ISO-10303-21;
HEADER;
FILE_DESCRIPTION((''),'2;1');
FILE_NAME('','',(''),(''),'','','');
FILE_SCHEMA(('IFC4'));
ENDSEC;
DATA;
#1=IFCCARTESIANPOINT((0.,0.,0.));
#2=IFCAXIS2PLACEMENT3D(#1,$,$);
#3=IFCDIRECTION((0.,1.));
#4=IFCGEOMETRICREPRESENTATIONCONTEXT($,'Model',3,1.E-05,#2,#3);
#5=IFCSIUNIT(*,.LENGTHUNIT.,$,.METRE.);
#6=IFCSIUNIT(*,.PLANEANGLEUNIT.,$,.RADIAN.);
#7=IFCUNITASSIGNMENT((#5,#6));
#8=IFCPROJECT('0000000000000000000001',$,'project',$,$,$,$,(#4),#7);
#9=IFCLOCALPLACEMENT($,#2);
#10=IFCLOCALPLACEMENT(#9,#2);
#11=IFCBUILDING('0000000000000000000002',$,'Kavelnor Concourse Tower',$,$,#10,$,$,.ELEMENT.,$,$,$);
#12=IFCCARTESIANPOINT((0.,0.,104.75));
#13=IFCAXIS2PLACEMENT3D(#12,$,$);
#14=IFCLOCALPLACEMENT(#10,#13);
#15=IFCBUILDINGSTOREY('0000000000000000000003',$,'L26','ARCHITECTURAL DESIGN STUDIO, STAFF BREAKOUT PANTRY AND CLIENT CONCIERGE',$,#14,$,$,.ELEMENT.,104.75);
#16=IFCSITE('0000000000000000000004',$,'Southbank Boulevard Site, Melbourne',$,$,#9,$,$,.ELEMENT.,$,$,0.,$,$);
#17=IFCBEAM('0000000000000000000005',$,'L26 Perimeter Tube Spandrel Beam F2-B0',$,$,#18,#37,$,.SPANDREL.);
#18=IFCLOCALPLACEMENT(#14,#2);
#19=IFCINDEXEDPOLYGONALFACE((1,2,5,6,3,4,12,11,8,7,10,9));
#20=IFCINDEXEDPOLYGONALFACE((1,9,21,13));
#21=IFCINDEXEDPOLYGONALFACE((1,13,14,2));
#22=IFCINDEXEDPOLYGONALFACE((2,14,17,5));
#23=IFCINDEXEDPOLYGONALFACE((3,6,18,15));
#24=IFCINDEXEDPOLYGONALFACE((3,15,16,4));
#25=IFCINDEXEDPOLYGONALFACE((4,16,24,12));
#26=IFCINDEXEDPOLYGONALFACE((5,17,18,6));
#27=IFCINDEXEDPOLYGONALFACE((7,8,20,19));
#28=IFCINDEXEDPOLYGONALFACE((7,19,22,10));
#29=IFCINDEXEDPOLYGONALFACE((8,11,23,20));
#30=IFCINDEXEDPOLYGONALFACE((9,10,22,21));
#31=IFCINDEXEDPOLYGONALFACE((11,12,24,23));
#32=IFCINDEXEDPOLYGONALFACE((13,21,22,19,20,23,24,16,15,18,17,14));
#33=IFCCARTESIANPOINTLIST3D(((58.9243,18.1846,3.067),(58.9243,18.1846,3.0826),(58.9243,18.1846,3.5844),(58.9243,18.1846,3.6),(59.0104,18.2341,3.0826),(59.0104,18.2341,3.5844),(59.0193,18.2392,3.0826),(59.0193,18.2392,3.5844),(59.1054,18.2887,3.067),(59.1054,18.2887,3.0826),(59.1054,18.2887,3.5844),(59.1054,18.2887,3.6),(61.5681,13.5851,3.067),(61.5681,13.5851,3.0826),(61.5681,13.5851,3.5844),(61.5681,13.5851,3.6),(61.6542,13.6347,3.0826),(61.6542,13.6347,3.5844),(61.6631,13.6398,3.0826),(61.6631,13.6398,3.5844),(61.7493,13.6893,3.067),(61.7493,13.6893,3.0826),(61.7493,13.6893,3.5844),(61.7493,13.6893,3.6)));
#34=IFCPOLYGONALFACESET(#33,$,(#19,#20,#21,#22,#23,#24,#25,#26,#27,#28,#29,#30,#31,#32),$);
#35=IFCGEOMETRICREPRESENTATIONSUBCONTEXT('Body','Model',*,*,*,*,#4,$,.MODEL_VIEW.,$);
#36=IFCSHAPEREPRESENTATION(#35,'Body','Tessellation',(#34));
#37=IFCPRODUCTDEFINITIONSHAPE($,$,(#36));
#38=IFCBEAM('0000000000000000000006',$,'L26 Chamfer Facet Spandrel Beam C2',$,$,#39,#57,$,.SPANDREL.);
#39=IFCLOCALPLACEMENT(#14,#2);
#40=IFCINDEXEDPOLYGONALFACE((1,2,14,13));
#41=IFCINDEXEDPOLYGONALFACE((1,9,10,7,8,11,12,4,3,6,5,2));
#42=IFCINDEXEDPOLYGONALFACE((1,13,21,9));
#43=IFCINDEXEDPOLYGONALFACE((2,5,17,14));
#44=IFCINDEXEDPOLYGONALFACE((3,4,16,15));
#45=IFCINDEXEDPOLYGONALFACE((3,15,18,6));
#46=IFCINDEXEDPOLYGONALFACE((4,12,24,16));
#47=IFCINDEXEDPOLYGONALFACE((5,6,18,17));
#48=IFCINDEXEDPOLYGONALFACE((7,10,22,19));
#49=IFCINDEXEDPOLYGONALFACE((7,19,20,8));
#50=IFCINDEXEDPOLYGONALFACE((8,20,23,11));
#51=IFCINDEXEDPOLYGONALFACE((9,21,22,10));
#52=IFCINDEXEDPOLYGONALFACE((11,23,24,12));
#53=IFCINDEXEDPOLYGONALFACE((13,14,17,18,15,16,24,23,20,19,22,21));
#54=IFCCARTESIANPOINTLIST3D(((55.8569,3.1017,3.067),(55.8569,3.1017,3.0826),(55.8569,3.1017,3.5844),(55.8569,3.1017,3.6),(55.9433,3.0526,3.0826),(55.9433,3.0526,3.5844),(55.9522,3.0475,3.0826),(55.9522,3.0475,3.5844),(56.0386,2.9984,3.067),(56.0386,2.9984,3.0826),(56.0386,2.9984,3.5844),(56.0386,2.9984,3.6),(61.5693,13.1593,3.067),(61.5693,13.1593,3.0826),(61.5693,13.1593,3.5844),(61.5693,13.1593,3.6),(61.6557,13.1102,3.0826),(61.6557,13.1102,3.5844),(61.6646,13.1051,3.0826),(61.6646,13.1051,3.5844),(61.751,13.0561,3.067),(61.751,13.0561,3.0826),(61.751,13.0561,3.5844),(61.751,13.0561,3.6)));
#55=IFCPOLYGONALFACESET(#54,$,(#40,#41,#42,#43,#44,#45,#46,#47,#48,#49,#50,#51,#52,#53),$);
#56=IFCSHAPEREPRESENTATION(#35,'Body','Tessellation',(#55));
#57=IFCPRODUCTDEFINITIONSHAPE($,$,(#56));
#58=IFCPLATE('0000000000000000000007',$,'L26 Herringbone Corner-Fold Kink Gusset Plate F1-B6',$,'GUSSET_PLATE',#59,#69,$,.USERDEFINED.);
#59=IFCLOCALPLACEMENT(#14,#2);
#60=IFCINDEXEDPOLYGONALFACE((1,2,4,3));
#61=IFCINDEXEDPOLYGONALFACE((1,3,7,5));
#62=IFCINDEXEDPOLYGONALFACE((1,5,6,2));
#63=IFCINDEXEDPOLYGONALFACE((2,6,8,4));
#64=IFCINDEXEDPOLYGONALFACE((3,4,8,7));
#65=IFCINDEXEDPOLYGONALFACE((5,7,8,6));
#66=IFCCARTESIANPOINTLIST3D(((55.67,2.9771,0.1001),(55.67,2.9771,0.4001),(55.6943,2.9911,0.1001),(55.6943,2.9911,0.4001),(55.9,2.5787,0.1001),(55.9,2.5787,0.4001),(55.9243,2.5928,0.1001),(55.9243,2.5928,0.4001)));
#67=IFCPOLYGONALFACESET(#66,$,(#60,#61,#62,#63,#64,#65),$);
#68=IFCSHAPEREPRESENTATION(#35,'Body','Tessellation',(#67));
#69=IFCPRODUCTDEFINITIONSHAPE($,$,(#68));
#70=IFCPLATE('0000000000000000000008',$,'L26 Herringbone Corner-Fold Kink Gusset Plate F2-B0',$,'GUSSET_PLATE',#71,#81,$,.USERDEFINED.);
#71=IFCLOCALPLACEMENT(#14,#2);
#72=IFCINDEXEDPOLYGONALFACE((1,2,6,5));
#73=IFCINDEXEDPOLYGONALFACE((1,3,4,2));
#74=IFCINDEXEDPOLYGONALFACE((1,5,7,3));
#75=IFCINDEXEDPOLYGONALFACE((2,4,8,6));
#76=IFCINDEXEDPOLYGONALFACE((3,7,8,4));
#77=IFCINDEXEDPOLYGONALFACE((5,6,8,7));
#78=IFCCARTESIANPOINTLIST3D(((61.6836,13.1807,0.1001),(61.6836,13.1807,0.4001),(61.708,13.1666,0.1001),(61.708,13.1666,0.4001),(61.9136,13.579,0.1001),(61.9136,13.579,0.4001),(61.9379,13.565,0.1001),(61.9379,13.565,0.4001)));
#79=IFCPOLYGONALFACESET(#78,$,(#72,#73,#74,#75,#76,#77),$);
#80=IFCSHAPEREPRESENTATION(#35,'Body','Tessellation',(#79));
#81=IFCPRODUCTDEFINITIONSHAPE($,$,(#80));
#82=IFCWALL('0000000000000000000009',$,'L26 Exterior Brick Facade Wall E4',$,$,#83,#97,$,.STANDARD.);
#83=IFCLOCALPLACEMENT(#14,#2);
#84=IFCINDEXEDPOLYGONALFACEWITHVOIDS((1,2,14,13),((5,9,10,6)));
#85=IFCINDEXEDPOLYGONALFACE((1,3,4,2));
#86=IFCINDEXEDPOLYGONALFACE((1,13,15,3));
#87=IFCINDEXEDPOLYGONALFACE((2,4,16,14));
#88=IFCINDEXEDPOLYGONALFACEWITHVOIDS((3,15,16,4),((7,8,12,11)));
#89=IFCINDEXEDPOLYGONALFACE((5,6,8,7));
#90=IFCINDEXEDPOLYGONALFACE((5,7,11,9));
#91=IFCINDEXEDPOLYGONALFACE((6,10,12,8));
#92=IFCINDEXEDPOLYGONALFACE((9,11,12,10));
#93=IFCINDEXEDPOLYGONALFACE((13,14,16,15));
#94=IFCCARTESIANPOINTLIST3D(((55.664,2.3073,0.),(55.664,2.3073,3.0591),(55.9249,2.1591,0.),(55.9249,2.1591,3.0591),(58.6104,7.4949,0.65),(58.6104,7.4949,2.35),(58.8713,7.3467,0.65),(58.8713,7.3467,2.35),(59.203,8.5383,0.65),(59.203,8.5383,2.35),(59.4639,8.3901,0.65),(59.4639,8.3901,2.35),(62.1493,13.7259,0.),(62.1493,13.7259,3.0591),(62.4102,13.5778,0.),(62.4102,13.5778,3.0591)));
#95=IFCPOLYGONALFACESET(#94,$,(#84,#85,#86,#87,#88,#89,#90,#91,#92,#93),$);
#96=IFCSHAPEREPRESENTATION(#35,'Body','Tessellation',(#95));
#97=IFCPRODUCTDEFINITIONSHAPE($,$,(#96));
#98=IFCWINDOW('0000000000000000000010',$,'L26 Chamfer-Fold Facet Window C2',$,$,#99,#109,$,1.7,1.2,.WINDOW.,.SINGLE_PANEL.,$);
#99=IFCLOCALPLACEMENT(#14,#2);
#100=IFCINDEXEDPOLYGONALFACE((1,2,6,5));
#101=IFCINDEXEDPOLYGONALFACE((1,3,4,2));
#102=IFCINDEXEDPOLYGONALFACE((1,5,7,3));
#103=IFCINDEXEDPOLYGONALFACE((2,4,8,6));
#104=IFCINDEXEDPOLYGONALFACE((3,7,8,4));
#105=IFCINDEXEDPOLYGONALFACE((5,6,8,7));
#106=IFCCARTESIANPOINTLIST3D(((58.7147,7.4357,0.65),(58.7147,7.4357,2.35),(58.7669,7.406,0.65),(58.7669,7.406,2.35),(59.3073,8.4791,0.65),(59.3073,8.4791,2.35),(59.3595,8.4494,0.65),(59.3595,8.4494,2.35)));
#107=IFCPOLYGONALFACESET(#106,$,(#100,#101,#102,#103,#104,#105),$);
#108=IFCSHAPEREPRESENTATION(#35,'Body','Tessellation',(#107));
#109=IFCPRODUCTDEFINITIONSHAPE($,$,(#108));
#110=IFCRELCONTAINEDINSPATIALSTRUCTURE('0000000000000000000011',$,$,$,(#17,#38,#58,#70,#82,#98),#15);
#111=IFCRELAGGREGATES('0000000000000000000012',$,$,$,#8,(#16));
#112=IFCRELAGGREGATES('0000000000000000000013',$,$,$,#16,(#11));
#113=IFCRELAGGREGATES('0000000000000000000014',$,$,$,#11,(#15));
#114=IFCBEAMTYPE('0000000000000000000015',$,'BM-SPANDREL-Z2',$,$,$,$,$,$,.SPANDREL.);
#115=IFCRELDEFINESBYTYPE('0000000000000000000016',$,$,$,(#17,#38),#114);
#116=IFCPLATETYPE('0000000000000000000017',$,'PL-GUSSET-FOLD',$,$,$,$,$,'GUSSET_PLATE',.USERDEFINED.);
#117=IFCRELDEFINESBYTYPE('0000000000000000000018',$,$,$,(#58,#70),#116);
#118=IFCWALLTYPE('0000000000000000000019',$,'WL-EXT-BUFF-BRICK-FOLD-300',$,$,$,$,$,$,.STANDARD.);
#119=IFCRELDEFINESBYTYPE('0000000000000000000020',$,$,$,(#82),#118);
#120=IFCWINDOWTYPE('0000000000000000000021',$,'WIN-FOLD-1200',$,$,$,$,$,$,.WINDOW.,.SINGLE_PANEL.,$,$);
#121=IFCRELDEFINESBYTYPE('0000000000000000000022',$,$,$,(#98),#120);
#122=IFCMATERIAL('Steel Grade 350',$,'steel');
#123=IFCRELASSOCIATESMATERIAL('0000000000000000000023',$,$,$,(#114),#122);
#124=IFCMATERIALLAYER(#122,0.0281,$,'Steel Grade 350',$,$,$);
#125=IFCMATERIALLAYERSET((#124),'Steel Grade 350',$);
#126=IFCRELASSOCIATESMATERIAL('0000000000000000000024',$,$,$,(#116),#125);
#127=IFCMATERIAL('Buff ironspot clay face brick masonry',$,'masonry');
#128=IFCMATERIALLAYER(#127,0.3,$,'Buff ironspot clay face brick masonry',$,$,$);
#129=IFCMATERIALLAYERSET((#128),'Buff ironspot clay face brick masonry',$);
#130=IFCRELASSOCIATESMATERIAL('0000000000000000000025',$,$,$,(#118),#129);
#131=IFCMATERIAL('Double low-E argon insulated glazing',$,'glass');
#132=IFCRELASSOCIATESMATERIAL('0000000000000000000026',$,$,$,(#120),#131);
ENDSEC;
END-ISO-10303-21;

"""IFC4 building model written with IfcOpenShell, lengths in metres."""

from ifc_helpers import new_model, si_unit, direction, frame, frame_2d, origin, origin_2d, place, context, subcontext, project, spatial, rectangle, i_section, extrude, material, layer, layer_set, material_profile, profile_set, type_object, element, fill, save


model = new_model("IFC4")

# Units and contexts
model_context = context("Model", 3, precision=1e-05, world=origin(), true_north=direction((0.0, 1.0)))
body_context = subcontext(model_context, "Body", "Model", "MODEL_VIEW")
ifc_project = project(units=[si_unit("LENGTHUNIT", "METRE"), si_unit("PLANEANGLEUNIT", "RADIAN")], contexts=[model_context])

# Site, building, storey
site_placement = place(None, origin())
site = spatial("IfcSite", under=ifc_project, at=site_placement, Name="Southbank Boulevard Site, Melbourne", CompositionType="ELEMENT", RefElevation=0.0)
building_placement = place(site_placement, origin())
building = spatial("IfcBuilding", under=site, at=building_placement, Name="Kavelnor Concourse Tower", CompositionType="ELEMENT")
storey_placement = place(building_placement, frame((0.0, 0.0, 104.75)))
storey = spatial("IfcBuildingStorey", under=building, at=storey_placement, Name="L26", Description="ARCHITECTURAL DESIGN STUDIO, STAFF BREAKOUT PANTRY AND CLIENT CONCIERGE", CompositionType="ELEMENT", Elevation=104.75)

# Shared definitions
ifc_material_1 = material(Name="Steel Grade 350", Category="steel")

# Beams
ifc_material_profile_1 = material_profile(ifc_material_1, i_section(OverallWidth=0.209, OverallDepth=0.533, WebThickness=0.0103, FlangeThickness=0.0156, at=origin_2d()), Name="530UB92")
ifc_profile_set_1 = profile_set([ifc_material_profile_1], Name="Steel Grade 350")
beam_type_1 = type_object("IfcBeamType", Name="BM-SPANDREL-Z2", PredefinedType="SPANDREL", material=ifc_profile_set_1)
beam_1_placement = place(storey_placement, frame((61.6587, 13.6372, 3.3335), z_axis=(-0.498353, 0.866974, 0.0), x_axis=(-0.866974, -0.498353, 0.0)))
element("IfcBeam", 1, at=beam_1_placement, inside=storey, type_object=beam_type_1, Name="L26 Perimeter Tube Spandrel Beam F2-B0", PredefinedType="SPANDREL", context=body_context, shape_type="SweptSolid", body=[
    extrude(i_section(OverallWidth=0.209, OverallDepth=0.533, WebThickness=0.0103, FlangeThickness=0.0156, at=origin_2d()), origin(), (0.0, 0.0, 1.0), 5.3052),
])
beam_2_placement = place(storey_placement, frame((55.9478, 3.05, 3.3335), z_axis=(0.493869, 0.869536, 0.0), x_axis=(-0.869536, 0.493869, 0.0)))
element("IfcBeam", 2, at=beam_2_placement, inside=storey, type_object=beam_type_1, Name="L26 Chamfer Facet Spandrel Beam C2", PredefinedType="SPANDREL", context=body_context, shape_type="SweptSolid", body=[
    extrude(i_section(OverallWidth=0.209, OverallDepth=0.533, WebThickness=0.0103, FlangeThickness=0.0156, at=origin_2d()), origin(), (0.0, 0.0, 1.0), 11.5667),
])

# Plates
ifc_layer_1 = layer(ifc_material_1, 0.0281, Name="Steel Grade 350")
ifc_layer_set_1 = layer_set([ifc_layer_1], Name="Steel Grade 350")
plate_type = type_object("IfcPlateType", Name="PL-GUSSET-FOLD", ElementType="GUSSET_PLATE", PredefinedType="USERDEFINED", material=ifc_layer_set_1)
for number, where, z_axis, x_axis, name in (
    (3, (55.7971, 2.7849, 0.1001), (0.0, 0.0, 1.0), (-0.5, 0.866025, 0.0), "L26 Herringbone Corner-Fold Kink Gusset Plate F1-B6"),
    (4, (61.8108, 13.3728, 0.1001), (0.0, 0.0, 1.0), (-0.5, -0.866025, 0.0), "L26 Herringbone Corner-Fold Kink Gusset Plate F2-B0"),
):
    element("IfcPlate", number, at=place(storey_placement, frame(where, z_axis=z_axis, x_axis=x_axis)), inside=storey, type_object=plate_type, Name=name, ObjectType="GUSSET_PLATE", PredefinedType="USERDEFINED", context=body_context, shape_type="SweptSolid", body=[
        extrude(rectangle(XDim=0.46, YDim=0.0281, at=origin_2d()), origin(), (0.0, 0.0, 1.0), 0.3),
    ])

# Wall, opening, window
ifc_material_2 = material(Name="Buff ironspot clay face brick masonry", Category="masonry")
ifc_layer_2 = layer(ifc_material_2, 0.3, Name="Buff ironspot clay face brick masonry")
ifc_layer_set_2 = layer_set([ifc_layer_2], Name="Buff ironspot clay face brick masonry")
wall_type_1 = type_object("IfcWallType", Name="WL-EXT-BUFF-BRICK-FOLD-300", PredefinedType="STANDARD", material=ifc_layer_set_2)
wall_1_placement = place(storey_placement, frame((62.2798, 13.6519, 0.0), z_axis=(0.0, 0.0, 1.0), x_axis=(-0.493863, -0.86954, 0.0)))
wall_1 = element("IfcWall", 5, at=wall_1_placement, inside=storey, type_object=wall_type_1, Name="L26 Exterior Brick Facade Wall E4", PredefinedType="STANDARD", context=body_context, shape_type="SweptSolid", body=[
    extrude(rectangle(XDim=13.1318, YDim=0.3, at=frame_2d((6.5659, 0.0))), origin(), (0.0, 0.0, 1.0), 3.0591),
])
opening_1_placement = place(wall_1_placement, frame((5.9658, 0.0, 0.6499)))
opening_1 = element("IfcOpeningElement", 6, at=opening_1_placement, cuts=wall_1, PredefinedType="OPENING", context=body_context, shape_type="SweptSolid", body=[
    extrude(rectangle(XDim=1.2, YDim=1.7, at=frame_2d((0.6001, 0.8501))), frame((0.0, 0.1602, 0.0), z_axis=(0.0, -1.0, 0.0), x_axis=(1.0, 0.0, 0.0)), (0.0, 0.0, 1.0), 0.3201),
])
ifc_material_3 = material(Name="Double low-E argon insulated glazing", Category="glass")
window_type_1 = type_object("IfcWindowType", Name="WIN-FOLD-1200", PartitioningType="SINGLE_PANEL", PredefinedType="WINDOW", material=ifc_material_3)
window_1_placement = place(opening_1_placement, origin())
window_1 = element("IfcWindow", 7, at=window_1_placement, inside=storey, type_object=window_type_1, Name="L26 Chamfer-Fold Facet Window C2", OverallHeight=1.7, OverallWidth=1.2, PartitioningType="SINGLE_PANEL", PredefinedType="WINDOW", context=body_context, shape_type="SweptSolid", body=[
    extrude(rectangle(XDim=1.2, YDim=1.7, at=frame_2d((0.6001, 0.8501))), frame((0.0, 0.03, 0.0), z_axis=(0.0, -1.0, 0.0), x_axis=(1.0, 0.0, 0.0)), (0.0, 0.0, 1.0), 0.0601),
])
fill(opening_1, window_1)

save(model, "model.ifc")
